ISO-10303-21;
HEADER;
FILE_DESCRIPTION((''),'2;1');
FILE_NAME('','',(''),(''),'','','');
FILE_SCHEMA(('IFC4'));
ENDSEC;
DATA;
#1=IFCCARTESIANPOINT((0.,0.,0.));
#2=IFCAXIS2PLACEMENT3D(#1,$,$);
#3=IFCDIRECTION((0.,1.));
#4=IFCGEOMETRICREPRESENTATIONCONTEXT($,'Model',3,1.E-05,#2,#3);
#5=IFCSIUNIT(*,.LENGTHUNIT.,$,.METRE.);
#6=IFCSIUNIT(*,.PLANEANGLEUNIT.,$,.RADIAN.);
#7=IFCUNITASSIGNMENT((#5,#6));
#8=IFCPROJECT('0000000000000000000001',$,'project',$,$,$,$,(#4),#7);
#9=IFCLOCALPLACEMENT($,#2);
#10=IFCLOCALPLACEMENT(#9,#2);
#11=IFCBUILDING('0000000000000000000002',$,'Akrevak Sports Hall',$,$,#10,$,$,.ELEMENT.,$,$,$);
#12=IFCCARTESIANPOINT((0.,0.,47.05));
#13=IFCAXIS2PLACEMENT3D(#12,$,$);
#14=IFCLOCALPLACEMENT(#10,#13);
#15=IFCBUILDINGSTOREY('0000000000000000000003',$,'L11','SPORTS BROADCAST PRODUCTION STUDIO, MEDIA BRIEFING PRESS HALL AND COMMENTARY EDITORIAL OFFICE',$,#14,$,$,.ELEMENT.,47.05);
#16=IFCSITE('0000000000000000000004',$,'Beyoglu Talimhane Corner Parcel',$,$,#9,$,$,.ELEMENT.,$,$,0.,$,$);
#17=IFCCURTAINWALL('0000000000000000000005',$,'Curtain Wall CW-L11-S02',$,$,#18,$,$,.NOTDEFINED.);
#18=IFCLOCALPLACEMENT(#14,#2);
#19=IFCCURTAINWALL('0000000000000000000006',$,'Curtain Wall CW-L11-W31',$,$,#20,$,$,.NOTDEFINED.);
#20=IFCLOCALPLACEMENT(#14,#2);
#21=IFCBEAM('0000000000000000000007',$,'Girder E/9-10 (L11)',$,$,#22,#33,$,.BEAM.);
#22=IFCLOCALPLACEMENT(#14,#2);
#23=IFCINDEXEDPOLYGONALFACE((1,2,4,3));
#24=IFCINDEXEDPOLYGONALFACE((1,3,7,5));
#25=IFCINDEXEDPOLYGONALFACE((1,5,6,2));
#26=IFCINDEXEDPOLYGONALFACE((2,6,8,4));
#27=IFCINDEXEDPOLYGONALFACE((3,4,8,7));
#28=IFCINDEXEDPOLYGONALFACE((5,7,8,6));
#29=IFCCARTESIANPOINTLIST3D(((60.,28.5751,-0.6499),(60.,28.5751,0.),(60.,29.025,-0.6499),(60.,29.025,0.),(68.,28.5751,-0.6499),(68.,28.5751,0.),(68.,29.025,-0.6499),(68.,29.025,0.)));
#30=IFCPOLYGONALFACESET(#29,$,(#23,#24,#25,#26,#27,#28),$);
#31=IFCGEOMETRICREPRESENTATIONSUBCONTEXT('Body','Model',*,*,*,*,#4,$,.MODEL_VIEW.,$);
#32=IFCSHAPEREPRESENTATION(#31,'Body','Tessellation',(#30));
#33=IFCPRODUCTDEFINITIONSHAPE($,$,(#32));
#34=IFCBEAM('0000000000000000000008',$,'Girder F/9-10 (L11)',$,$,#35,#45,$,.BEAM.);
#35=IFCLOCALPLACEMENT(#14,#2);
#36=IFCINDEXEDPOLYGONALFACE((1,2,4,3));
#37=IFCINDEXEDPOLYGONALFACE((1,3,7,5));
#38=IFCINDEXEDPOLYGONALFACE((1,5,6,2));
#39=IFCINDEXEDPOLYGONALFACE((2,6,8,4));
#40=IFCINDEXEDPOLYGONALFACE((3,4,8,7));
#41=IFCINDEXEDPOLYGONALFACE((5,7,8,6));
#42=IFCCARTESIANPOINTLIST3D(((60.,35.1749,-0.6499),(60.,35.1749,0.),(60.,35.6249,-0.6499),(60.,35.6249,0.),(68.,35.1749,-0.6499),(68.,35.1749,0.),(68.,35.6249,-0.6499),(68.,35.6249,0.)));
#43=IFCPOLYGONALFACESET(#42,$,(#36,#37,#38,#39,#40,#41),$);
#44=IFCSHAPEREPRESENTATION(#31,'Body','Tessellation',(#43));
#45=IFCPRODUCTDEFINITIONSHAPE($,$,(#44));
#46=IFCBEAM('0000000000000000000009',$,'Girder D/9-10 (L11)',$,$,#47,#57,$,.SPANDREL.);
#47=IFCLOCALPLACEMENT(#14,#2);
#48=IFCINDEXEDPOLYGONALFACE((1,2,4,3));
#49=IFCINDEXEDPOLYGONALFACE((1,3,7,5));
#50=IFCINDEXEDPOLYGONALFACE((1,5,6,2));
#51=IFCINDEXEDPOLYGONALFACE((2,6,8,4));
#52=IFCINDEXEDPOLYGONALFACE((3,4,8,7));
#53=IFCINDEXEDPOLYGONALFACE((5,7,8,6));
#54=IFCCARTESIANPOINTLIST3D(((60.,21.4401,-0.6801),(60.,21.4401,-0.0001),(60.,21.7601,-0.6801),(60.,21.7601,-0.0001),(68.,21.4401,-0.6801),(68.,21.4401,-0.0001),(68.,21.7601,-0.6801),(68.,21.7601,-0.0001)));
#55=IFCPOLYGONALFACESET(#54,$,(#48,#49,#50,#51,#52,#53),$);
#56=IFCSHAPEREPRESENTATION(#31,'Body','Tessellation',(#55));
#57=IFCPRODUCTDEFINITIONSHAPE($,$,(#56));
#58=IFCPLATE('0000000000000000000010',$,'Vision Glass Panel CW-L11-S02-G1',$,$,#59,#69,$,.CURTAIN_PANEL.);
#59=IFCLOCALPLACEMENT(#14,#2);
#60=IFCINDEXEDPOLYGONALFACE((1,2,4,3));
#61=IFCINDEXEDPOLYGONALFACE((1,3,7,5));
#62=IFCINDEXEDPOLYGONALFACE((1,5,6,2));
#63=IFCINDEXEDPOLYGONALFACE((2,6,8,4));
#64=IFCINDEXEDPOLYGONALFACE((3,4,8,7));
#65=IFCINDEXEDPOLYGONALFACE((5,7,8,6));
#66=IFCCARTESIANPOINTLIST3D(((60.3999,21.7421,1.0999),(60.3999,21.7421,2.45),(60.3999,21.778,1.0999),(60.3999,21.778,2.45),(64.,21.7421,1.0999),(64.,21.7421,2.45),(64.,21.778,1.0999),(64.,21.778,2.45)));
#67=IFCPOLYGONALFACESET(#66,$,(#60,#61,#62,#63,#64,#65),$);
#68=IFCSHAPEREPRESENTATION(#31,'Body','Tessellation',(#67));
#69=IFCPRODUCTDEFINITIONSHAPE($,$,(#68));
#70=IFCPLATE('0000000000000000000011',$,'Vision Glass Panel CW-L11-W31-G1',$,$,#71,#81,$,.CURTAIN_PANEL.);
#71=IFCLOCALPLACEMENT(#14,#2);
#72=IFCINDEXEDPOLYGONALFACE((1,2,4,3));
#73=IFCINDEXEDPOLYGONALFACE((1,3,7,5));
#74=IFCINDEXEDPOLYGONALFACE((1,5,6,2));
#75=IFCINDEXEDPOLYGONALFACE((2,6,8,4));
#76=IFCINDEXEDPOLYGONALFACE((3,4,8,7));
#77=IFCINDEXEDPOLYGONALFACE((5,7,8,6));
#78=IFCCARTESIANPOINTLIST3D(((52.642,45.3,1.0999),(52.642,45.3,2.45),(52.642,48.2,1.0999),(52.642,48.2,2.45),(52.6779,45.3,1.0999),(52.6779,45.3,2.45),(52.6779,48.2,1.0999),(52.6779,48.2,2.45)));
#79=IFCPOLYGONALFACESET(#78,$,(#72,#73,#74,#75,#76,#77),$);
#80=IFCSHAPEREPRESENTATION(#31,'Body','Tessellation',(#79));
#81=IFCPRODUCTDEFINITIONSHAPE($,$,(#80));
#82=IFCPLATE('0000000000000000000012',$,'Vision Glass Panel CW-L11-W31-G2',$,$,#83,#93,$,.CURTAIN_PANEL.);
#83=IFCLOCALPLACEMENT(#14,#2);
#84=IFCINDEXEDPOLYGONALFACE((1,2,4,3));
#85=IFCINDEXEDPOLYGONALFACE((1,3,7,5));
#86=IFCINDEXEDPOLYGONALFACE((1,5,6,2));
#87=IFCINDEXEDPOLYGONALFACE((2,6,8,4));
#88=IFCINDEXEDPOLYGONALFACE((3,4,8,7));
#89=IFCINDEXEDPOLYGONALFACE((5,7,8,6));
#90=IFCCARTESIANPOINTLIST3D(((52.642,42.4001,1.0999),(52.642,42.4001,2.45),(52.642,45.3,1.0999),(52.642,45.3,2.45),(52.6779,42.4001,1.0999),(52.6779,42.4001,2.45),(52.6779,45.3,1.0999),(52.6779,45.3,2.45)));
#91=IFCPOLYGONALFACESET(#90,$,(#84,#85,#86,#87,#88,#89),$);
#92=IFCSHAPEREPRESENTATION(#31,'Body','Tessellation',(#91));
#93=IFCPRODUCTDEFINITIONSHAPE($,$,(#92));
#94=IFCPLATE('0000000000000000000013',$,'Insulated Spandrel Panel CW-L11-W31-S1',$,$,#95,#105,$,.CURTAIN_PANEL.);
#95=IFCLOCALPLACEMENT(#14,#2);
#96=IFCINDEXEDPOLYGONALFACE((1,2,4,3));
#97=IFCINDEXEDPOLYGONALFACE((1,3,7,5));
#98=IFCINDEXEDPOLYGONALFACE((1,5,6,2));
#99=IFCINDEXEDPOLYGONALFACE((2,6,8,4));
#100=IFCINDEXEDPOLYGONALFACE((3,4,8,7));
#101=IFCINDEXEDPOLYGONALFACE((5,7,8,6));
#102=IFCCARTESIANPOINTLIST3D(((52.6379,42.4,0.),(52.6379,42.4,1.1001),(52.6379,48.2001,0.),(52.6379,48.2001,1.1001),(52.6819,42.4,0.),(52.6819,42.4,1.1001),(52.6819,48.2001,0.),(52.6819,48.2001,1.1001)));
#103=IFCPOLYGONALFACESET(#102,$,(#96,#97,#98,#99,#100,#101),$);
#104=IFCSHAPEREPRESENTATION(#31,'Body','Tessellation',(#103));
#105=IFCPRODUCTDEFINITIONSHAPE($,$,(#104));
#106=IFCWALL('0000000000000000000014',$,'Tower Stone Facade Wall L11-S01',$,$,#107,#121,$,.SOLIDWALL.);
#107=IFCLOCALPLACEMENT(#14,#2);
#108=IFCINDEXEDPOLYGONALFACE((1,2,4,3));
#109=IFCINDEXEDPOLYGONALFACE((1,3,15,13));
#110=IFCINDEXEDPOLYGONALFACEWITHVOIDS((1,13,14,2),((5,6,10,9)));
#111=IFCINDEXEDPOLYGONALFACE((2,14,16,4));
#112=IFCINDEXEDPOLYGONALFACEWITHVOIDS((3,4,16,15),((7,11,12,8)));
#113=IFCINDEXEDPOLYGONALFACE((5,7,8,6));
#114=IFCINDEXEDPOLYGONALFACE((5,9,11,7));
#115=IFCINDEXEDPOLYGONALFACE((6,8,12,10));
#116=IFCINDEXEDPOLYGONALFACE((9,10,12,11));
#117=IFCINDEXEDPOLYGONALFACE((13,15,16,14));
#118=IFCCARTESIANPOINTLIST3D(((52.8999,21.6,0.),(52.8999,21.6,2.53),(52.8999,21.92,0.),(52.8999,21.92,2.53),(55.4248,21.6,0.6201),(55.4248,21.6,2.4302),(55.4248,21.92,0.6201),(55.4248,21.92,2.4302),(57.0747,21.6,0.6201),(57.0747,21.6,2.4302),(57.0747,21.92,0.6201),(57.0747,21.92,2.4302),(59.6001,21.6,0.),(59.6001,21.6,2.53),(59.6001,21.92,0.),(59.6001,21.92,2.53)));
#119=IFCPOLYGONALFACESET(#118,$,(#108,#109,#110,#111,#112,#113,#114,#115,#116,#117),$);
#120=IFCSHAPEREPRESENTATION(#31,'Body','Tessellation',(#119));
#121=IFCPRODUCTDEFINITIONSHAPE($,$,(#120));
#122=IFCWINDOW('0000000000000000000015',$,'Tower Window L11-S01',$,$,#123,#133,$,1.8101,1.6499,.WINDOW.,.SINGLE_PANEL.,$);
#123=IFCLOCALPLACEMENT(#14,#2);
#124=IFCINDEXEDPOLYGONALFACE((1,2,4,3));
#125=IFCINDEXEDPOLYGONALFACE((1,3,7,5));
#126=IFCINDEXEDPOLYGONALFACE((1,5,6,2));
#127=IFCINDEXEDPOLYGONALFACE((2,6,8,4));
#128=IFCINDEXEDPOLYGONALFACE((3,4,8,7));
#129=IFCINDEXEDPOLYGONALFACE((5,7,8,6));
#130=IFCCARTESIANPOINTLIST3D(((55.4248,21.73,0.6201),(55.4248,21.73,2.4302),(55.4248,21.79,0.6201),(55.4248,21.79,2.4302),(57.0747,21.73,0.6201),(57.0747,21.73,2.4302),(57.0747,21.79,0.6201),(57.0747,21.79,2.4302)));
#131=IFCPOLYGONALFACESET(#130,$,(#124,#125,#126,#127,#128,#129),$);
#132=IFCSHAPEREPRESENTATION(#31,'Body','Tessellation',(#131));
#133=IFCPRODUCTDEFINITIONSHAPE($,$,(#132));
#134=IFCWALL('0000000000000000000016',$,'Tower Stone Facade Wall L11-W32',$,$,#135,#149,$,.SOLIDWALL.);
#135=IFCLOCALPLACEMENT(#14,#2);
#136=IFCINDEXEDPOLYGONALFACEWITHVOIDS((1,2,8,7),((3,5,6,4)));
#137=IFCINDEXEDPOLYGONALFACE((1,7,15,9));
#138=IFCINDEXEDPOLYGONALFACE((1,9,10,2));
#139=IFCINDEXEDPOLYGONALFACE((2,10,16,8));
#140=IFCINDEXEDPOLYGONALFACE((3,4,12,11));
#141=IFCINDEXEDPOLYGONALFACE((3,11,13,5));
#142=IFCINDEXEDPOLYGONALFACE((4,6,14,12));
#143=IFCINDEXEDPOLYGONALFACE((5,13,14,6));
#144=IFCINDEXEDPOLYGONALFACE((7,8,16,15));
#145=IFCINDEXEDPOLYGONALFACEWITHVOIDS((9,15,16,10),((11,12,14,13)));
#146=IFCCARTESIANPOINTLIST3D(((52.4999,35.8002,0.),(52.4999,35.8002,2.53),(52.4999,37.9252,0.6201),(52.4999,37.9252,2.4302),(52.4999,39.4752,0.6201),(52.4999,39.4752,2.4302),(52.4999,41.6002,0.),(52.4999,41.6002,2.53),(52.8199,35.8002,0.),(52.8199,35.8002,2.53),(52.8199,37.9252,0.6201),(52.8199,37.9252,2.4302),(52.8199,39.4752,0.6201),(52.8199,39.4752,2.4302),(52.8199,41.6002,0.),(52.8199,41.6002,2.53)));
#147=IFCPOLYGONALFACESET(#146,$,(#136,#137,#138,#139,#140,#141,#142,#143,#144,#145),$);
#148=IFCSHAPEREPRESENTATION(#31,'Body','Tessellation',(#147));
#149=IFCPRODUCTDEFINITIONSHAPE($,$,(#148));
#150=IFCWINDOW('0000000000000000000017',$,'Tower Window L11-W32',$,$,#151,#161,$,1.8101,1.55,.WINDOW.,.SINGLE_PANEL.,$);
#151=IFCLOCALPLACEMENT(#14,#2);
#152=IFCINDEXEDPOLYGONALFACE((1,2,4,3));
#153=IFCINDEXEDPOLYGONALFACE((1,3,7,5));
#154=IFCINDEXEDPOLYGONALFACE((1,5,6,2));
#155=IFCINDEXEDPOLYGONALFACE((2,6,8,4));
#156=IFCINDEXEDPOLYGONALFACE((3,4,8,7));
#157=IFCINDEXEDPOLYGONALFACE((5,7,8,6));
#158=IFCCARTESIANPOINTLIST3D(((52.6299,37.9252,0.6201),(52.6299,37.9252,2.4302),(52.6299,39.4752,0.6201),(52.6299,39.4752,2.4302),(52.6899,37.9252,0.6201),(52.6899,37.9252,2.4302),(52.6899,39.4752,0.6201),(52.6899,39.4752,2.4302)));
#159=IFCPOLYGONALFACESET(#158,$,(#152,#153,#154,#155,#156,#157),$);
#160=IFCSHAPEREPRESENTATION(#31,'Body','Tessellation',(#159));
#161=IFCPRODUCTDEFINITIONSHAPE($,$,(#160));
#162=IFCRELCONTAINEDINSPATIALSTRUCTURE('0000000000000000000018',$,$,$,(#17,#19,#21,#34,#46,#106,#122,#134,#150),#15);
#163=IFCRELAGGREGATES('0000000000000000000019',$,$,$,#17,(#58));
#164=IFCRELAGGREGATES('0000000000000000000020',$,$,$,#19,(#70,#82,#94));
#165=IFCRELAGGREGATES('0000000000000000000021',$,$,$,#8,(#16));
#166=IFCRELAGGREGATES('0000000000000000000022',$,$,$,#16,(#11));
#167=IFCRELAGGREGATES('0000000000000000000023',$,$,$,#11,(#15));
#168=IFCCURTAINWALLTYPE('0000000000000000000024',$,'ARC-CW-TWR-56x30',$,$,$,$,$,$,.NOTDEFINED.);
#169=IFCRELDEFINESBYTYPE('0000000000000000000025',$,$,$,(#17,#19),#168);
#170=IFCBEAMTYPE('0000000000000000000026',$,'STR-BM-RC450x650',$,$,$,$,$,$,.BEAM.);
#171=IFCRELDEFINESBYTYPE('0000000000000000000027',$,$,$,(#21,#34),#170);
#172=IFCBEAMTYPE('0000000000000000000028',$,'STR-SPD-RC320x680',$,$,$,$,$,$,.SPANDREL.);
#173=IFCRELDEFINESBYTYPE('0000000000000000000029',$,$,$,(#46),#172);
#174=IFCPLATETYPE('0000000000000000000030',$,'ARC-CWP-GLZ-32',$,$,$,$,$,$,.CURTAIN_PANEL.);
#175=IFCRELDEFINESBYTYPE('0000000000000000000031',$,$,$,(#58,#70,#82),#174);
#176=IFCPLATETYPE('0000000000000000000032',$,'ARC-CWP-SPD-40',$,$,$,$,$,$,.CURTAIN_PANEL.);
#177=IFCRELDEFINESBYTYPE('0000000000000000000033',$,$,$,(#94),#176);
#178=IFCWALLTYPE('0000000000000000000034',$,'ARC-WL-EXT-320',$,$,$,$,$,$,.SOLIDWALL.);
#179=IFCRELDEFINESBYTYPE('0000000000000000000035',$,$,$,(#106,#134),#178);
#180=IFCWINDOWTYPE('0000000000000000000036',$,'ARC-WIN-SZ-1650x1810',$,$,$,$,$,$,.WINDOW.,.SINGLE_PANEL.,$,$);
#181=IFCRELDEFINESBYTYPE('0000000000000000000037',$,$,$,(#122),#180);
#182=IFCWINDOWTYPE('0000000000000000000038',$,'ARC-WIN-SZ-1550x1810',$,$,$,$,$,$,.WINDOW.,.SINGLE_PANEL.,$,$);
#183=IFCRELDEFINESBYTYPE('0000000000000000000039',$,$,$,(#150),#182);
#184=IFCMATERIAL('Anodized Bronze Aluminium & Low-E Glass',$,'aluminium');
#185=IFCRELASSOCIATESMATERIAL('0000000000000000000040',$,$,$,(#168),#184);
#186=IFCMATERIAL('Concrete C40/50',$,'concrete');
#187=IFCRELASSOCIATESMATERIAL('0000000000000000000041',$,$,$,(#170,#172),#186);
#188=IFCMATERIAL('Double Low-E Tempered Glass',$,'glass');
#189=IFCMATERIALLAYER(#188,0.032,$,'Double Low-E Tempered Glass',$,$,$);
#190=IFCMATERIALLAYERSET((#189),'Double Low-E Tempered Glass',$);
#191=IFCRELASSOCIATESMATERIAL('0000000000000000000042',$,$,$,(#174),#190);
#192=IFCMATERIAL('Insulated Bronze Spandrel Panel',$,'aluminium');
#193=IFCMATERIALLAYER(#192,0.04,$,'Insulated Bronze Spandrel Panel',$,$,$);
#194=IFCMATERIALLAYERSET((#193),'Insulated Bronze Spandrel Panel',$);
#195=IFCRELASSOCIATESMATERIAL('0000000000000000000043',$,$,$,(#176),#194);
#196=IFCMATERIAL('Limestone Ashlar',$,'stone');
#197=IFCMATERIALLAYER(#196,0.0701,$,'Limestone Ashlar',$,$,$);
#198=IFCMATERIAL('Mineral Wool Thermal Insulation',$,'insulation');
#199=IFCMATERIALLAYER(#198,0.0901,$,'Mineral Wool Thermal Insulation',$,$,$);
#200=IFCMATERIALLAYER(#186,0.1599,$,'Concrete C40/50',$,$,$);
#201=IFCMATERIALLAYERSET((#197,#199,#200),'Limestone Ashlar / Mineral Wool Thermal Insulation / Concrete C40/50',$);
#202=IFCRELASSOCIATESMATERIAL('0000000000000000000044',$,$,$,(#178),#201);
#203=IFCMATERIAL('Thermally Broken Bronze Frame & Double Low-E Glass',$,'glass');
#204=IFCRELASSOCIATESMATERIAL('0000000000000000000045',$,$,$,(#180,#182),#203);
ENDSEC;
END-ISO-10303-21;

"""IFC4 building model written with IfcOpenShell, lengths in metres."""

from ifc_helpers import new_model, si_unit, direction, frame, frame_2d, origin, origin_2d, place, context, subcontext, project, spatial, rectangle, extrude, material, layer, layer_set, material_profile, profile_set, type_object, element, fill, aggregate, save


model = new_model("IFC4")

# Units and contexts
model_context = context("Model", 3, precision=1e-05, world=origin(), true_north=direction((0.0, 1.0)))
body_context = subcontext(model_context, "Body", "Model", "MODEL_VIEW")
ifc_project = project(units=[si_unit("LENGTHUNIT", "METRE"), si_unit("PLANEANGLEUNIT", "RADIAN")], contexts=[model_context])

# Site, building, storey
site_placement = place(None, origin())
site = spatial("IfcSite", under=ifc_project, at=site_placement, Name="Beyoglu Talimhane Corner Parcel", CompositionType="ELEMENT", RefElevation=0.0)
building_placement = place(site_placement, origin())
building = spatial("IfcBuilding", under=site, at=building_placement, Name="Akrevak Sports Hall", CompositionType="ELEMENT")
storey_placement = place(building_placement, frame((0.0, 0.0, 47.05)))
storey = spatial("IfcBuildingStorey", under=building, at=storey_placement, Name="L11", Description="SPORTS BROADCAST PRODUCTION STUDIO, MEDIA BRIEFING PRESS HALL AND COMMENTARY EDITORIAL OFFICE", CompositionType="ELEMENT", Elevation=47.05)

# Shared definitions
ifc_material_1 = material(Name="Concrete C40/50", Category="concrete")

# Curtain wall
ifc_material_2 = material(Name="Anodized Bronze Aluminium & Low-E Glass", Category="aluminium")
curtain_wall_type = type_object("IfcCurtainWallType", Name="ARC-CW-TWR-56x30", PredefinedType="NOTDEFINED", material=ifc_material_2)
curtain_wall_1_placement = place(storey_placement, origin())
curtain_wall_1 = element("IfcCurtainWall", 1, at=curtain_wall_1_placement, inside=storey, type_object=curtain_wall_type, Name="Curtain Wall CW-L11-S02", PredefinedType="NOTDEFINED")

# Curtain wall
curtain_wall_2_placement = place(storey_placement, origin())
curtain_wall_2 = element("IfcCurtainWall", 2, at=curtain_wall_2_placement, inside=storey, type_object=curtain_wall_type, Name="Curtain Wall CW-L11-W31", PredefinedType="NOTDEFINED")

# Beams
ifc_material_profile_1 = material_profile(ifc_material_1, rectangle(XDim=0.45, YDim=0.6499, at=origin_2d()), Name="BM 450x650", Category="concrete")
ifc_profile_set_1 = profile_set([ifc_material_profile_1], Name="Concrete C40/50")
beam_type_1 = type_object("IfcBeamType", Name="STR-BM-RC450x650", PredefinedType="BEAM", material=ifc_profile_set_1)
for number, where, z_axis, x_axis, name in (
    (3, (60.0, 28.8, -0.325), (1.0, 0.0, 0.0), (0.0, 1.0, 0.0), "Girder E/9-10 (L11)"),
    (4, (60.0, 35.3999, -0.325), (1.0, 0.0, 0.0), (0.0, 1.0, 0.0), "Girder F/9-10 (L11)"),
):
    element("IfcBeam", number, at=place(storey_placement, frame(where, z_axis=z_axis, x_axis=x_axis)), inside=storey, type_object=beam_type_1, Name=name, PredefinedType="BEAM", context=body_context, shape_type="SweptSolid", body=[
        extrude(rectangle(XDim=0.45, YDim=0.6499, at=origin_2d()), origin(), (0.0, 0.0, 1.0), 8.0),
    ])
ifc_material_profile_2 = material_profile(ifc_material_1, rectangle(XDim=0.3201, YDim=0.6799, at=origin_2d()), Name="SPD 320x680", Category="concrete")
ifc_profile_set_2 = profile_set([ifc_material_profile_2], Name="Concrete C40/50")
beam_type_2 = type_object("IfcBeamType", Name="STR-SPD-RC320x680", PredefinedType="SPANDREL", material=ifc_profile_set_2)
beam_1_placement = place(storey_placement, frame((60.0, 21.6001, -0.3401), z_axis=(1.0, 0.0, 0.0), x_axis=(0.0, 1.0, 0.0)))
element("IfcBeam", 5, at=beam_1_placement, inside=storey, type_object=beam_type_2, Name="Girder D/9-10 (L11)", PredefinedType="SPANDREL", context=body_context, shape_type="SweptSolid", body=[
    extrude(rectangle(XDim=0.3201, YDim=0.6799, at=origin_2d()), origin(), (0.0, 0.0, 1.0), 8.0),
])

# Plates
ifc_material_3 = material(Name="Double Low-E Tempered Glass", Category="glass")
ifc_layer_1 = layer(ifc_material_3, 0.032, Name="Double Low-E Tempered Glass")
ifc_layer_set_1 = layer_set([ifc_layer_1], Name="Double Low-E Tempered Glass")
plate_type_1 = type_object("IfcPlateType", Name="ARC-CWP-GLZ-32", PredefinedType="CURTAIN_PANEL", material=ifc_layer_set_1)
plate_1_placement = place(storey_placement, frame((62.2, 21.76, 1.0999), z_axis=(0.0, 0.0, 1.0), x_axis=(1.0, 0.0, 0.0)))
plate_1 = element("IfcPlate", 6, at=plate_1_placement, type_object=plate_type_1, Name="Vision Glass Panel CW-L11-S02-G1", PredefinedType="CURTAIN_PANEL", context=body_context, shape_type="SweptSolid", body=[
    extrude(rectangle(XDim=3.6001, YDim=0.0359, at=origin_2d()), origin(), (0.0, 0.0, 1.0), 1.3501),
])
aggregate(curtain_wall_1, [plate_1])
plate_2_placement = place(storey_placement, frame((52.6599, 46.75, 1.0999), z_axis=(0.0, 0.0, 1.0), x_axis=(0.0, -1.0, 0.0)))
plate_2 = element("IfcPlate", 7, at=plate_2_placement, type_object=plate_type_1, Name="Vision Glass Panel CW-L11-W31-G1", PredefinedType="CURTAIN_PANEL", context=body_context, shape_type="SweptSolid", body=[
    extrude(rectangle(XDim=2.8999, YDim=0.0359, at=origin_2d()), origin(), (0.0, 0.0, 1.0), 1.3501),
])
plate_3_placement = place(storey_placement, frame((52.6599, 43.8501, 1.0999), z_axis=(0.0, 0.0, 1.0), x_axis=(0.0, -1.0, 0.0)))
plate_3 = element("IfcPlate", 8, at=plate_3_placement, type_object=plate_type_1, Name="Vision Glass Panel CW-L11-W31-G2", PredefinedType="CURTAIN_PANEL", context=body_context, shape_type="SweptSolid", body=[
    extrude(rectangle(XDim=2.8999, YDim=0.0359, at=origin_2d()), origin(), (0.0, 0.0, 1.0), 1.3501),
])
ifc_material_4 = material(Name="Insulated Bronze Spandrel Panel", Category="aluminium")
ifc_layer_2 = layer(ifc_material_4, 0.04, Name="Insulated Bronze Spandrel Panel")
ifc_layer_set_2 = layer_set([ifc_layer_2], Name="Insulated Bronze Spandrel Panel")
plate_type_2 = type_object("IfcPlateType", Name="ARC-CWP-SPD-40", PredefinedType="CURTAIN_PANEL", material=ifc_layer_set_2)
plate_4_placement = place(storey_placement, frame((52.6599, 45.3, 0.0), z_axis=(0.0, 0.0, 1.0), x_axis=(0.0, -1.0, 0.0)))
plate_4 = element("IfcPlate", 9, at=plate_4_placement, type_object=plate_type_2, Name="Insulated Spandrel Panel CW-L11-W31-S1", PredefinedType="CURTAIN_PANEL", context=body_context, shape_type="SweptSolid", body=[
    extrude(rectangle(XDim=5.8, YDim=0.0439, at=origin_2d()), origin(), (0.0, 0.0, 1.0), 1.1001),
])
aggregate(curtain_wall_2, [plate_2, plate_3, plate_4])

# Walls, openings, windows
ifc_material_5 = material(Name="Limestone Ashlar", Category="stone")
ifc_layer_3 = layer(ifc_material_5, 0.0701, Name="Limestone Ashlar")
ifc_material_6 = material(Name="Mineral Wool Thermal Insulation", Category="insulation")
ifc_layer_4 = layer(ifc_material_6, 0.0901, Name="Mineral Wool Thermal Insulation")
ifc_layer_5 = layer(ifc_material_1, 0.1599, Name="Concrete C40/50")
ifc_layer_set_3 = layer_set([ifc_layer_3, ifc_layer_4, ifc_layer_5], Name="Limestone Ashlar / Mineral Wool Thermal Insulation / Concrete C40/50")
wall_type = type_object("IfcWallType", Name="ARC-WL-EXT-320", PredefinedType="SOLIDWALL", material=ifc_layer_set_3)
wall_1_placement = place(storey_placement, frame((52.8999, 21.76, 0.0), z_axis=(0.0, 0.0, 1.0), x_axis=(1.0, 0.0, 0.0)))
wall_1 = element("IfcWall", 10, at=wall_1_placement, inside=storey, type_object=wall_type, Name="Tower Stone Facade Wall L11-S01", PredefinedType="SOLIDWALL", context=body_context, shape_type="SweptSolid", body=[
    extrude(rectangle(XDim=6.7002, YDim=0.3201, at=frame_2d((3.3501, 0.0))), origin(), (0.0, 0.0, 1.0), 2.53),
])
opening_1_placement = place(wall_1_placement, frame((2.5249, 0.0, 0.6201)))
opening_1 = element("IfcOpeningElement", 11, at=opening_1_placement, cuts=wall_1, PredefinedType="OPENING", context=body_context, shape_type="SweptSolid", body=[
    extrude(rectangle(XDim=1.6499, YDim=1.8101, at=frame_2d((0.825, 0.905))), frame((0.0, 0.1719, 0.0), z_axis=(0.0, -1.0, 0.0), x_axis=(1.0, 0.0, 0.0)), (0.0, 0.0, 1.0), 0.344),
])
ifc_material_7 = material(Name="Thermally Broken Bronze Frame & Double Low-E Glass", Category="glass")
window_type_1 = type_object("IfcWindowType", Name="ARC-WIN-SZ-1650x1810", PartitioningType="SINGLE_PANEL", PredefinedType="WINDOW", material=ifc_material_7)
window_1_placement = place(opening_1_placement, origin())
window_1 = element("IfcWindow", 12, at=window_1_placement, inside=storey, type_object=window_type_1, Name="Tower Window L11-S01", OverallHeight=1.8101, OverallWidth=1.6499, PartitioningType="SINGLE_PANEL", PredefinedType="WINDOW", context=body_context, shape_type="SweptSolid", body=[
    extrude(rectangle(XDim=1.6499, YDim=1.8101, at=frame_2d((0.825, 0.905))), frame((0.0, 0.03, 0.0), z_axis=(0.0, -1.0, 0.0), x_axis=(1.0, 0.0, 0.0)), (0.0, 0.0, 1.0), 0.0601),
])
fill(opening_1, window_1)
wall_2_placement = place(storey_placement, frame((52.6599, 41.6001, 0.0), z_axis=(0.0, 0.0, 1.0), x_axis=(0.0, -1.0, 0.0)))
wall_2 = element("IfcWall", 13, at=wall_2_placement, inside=storey, type_object=wall_type, Name="Tower Stone Facade Wall L11-W32", PredefinedType="SOLIDWALL", context=body_context, shape_type="SweptSolid", body=[
    extrude(rectangle(XDim=5.8, YDim=0.3201, at=frame_2d((2.8999, 0.0))), origin(), (0.0, 0.0, 1.0), 2.53),
])
opening_2_placement = place(wall_2_placement, frame((2.125, 0.0, 0.6201)))
opening_2 = element("IfcOpeningElement", 14, at=opening_2_placement, cuts=wall_2, PredefinedType="OPENING", context=body_context, shape_type="SweptSolid", body=[
    extrude(rectangle(XDim=1.55, YDim=1.8101, at=frame_2d((0.7749, 0.905))), frame((0.0, 0.1719, 0.0), z_axis=(0.0, -1.0, 0.0), x_axis=(1.0, 0.0, 0.0)), (0.0, 0.0, 1.0), 0.344),
])
window_type_2 = type_object("IfcWindowType", Name="ARC-WIN-SZ-1550x1810", PartitioningType="SINGLE_PANEL", PredefinedType="WINDOW", material=ifc_material_7)
window_2_placement = place(opening_2_placement, origin())
window_2 = element("IfcWindow", 15, at=window_2_placement, inside=storey, type_object=window_type_2, Name="Tower Window L11-W32", OverallHeight=1.8101, OverallWidth=1.55, PartitioningType="SINGLE_PANEL", PredefinedType="WINDOW", context=body_context, shape_type="SweptSolid", body=[
    extrude(rectangle(XDim=1.55, YDim=1.8101, at=frame_2d((0.7749, 0.905))), frame((0.0, 0.03, 0.0), z_axis=(0.0, -1.0, 0.0), x_axis=(1.0, 0.0, 0.0)), (0.0, 0.0, 1.0), 0.0601),
])
fill(opening_2, window_2)

save(model, "model.ifc")
